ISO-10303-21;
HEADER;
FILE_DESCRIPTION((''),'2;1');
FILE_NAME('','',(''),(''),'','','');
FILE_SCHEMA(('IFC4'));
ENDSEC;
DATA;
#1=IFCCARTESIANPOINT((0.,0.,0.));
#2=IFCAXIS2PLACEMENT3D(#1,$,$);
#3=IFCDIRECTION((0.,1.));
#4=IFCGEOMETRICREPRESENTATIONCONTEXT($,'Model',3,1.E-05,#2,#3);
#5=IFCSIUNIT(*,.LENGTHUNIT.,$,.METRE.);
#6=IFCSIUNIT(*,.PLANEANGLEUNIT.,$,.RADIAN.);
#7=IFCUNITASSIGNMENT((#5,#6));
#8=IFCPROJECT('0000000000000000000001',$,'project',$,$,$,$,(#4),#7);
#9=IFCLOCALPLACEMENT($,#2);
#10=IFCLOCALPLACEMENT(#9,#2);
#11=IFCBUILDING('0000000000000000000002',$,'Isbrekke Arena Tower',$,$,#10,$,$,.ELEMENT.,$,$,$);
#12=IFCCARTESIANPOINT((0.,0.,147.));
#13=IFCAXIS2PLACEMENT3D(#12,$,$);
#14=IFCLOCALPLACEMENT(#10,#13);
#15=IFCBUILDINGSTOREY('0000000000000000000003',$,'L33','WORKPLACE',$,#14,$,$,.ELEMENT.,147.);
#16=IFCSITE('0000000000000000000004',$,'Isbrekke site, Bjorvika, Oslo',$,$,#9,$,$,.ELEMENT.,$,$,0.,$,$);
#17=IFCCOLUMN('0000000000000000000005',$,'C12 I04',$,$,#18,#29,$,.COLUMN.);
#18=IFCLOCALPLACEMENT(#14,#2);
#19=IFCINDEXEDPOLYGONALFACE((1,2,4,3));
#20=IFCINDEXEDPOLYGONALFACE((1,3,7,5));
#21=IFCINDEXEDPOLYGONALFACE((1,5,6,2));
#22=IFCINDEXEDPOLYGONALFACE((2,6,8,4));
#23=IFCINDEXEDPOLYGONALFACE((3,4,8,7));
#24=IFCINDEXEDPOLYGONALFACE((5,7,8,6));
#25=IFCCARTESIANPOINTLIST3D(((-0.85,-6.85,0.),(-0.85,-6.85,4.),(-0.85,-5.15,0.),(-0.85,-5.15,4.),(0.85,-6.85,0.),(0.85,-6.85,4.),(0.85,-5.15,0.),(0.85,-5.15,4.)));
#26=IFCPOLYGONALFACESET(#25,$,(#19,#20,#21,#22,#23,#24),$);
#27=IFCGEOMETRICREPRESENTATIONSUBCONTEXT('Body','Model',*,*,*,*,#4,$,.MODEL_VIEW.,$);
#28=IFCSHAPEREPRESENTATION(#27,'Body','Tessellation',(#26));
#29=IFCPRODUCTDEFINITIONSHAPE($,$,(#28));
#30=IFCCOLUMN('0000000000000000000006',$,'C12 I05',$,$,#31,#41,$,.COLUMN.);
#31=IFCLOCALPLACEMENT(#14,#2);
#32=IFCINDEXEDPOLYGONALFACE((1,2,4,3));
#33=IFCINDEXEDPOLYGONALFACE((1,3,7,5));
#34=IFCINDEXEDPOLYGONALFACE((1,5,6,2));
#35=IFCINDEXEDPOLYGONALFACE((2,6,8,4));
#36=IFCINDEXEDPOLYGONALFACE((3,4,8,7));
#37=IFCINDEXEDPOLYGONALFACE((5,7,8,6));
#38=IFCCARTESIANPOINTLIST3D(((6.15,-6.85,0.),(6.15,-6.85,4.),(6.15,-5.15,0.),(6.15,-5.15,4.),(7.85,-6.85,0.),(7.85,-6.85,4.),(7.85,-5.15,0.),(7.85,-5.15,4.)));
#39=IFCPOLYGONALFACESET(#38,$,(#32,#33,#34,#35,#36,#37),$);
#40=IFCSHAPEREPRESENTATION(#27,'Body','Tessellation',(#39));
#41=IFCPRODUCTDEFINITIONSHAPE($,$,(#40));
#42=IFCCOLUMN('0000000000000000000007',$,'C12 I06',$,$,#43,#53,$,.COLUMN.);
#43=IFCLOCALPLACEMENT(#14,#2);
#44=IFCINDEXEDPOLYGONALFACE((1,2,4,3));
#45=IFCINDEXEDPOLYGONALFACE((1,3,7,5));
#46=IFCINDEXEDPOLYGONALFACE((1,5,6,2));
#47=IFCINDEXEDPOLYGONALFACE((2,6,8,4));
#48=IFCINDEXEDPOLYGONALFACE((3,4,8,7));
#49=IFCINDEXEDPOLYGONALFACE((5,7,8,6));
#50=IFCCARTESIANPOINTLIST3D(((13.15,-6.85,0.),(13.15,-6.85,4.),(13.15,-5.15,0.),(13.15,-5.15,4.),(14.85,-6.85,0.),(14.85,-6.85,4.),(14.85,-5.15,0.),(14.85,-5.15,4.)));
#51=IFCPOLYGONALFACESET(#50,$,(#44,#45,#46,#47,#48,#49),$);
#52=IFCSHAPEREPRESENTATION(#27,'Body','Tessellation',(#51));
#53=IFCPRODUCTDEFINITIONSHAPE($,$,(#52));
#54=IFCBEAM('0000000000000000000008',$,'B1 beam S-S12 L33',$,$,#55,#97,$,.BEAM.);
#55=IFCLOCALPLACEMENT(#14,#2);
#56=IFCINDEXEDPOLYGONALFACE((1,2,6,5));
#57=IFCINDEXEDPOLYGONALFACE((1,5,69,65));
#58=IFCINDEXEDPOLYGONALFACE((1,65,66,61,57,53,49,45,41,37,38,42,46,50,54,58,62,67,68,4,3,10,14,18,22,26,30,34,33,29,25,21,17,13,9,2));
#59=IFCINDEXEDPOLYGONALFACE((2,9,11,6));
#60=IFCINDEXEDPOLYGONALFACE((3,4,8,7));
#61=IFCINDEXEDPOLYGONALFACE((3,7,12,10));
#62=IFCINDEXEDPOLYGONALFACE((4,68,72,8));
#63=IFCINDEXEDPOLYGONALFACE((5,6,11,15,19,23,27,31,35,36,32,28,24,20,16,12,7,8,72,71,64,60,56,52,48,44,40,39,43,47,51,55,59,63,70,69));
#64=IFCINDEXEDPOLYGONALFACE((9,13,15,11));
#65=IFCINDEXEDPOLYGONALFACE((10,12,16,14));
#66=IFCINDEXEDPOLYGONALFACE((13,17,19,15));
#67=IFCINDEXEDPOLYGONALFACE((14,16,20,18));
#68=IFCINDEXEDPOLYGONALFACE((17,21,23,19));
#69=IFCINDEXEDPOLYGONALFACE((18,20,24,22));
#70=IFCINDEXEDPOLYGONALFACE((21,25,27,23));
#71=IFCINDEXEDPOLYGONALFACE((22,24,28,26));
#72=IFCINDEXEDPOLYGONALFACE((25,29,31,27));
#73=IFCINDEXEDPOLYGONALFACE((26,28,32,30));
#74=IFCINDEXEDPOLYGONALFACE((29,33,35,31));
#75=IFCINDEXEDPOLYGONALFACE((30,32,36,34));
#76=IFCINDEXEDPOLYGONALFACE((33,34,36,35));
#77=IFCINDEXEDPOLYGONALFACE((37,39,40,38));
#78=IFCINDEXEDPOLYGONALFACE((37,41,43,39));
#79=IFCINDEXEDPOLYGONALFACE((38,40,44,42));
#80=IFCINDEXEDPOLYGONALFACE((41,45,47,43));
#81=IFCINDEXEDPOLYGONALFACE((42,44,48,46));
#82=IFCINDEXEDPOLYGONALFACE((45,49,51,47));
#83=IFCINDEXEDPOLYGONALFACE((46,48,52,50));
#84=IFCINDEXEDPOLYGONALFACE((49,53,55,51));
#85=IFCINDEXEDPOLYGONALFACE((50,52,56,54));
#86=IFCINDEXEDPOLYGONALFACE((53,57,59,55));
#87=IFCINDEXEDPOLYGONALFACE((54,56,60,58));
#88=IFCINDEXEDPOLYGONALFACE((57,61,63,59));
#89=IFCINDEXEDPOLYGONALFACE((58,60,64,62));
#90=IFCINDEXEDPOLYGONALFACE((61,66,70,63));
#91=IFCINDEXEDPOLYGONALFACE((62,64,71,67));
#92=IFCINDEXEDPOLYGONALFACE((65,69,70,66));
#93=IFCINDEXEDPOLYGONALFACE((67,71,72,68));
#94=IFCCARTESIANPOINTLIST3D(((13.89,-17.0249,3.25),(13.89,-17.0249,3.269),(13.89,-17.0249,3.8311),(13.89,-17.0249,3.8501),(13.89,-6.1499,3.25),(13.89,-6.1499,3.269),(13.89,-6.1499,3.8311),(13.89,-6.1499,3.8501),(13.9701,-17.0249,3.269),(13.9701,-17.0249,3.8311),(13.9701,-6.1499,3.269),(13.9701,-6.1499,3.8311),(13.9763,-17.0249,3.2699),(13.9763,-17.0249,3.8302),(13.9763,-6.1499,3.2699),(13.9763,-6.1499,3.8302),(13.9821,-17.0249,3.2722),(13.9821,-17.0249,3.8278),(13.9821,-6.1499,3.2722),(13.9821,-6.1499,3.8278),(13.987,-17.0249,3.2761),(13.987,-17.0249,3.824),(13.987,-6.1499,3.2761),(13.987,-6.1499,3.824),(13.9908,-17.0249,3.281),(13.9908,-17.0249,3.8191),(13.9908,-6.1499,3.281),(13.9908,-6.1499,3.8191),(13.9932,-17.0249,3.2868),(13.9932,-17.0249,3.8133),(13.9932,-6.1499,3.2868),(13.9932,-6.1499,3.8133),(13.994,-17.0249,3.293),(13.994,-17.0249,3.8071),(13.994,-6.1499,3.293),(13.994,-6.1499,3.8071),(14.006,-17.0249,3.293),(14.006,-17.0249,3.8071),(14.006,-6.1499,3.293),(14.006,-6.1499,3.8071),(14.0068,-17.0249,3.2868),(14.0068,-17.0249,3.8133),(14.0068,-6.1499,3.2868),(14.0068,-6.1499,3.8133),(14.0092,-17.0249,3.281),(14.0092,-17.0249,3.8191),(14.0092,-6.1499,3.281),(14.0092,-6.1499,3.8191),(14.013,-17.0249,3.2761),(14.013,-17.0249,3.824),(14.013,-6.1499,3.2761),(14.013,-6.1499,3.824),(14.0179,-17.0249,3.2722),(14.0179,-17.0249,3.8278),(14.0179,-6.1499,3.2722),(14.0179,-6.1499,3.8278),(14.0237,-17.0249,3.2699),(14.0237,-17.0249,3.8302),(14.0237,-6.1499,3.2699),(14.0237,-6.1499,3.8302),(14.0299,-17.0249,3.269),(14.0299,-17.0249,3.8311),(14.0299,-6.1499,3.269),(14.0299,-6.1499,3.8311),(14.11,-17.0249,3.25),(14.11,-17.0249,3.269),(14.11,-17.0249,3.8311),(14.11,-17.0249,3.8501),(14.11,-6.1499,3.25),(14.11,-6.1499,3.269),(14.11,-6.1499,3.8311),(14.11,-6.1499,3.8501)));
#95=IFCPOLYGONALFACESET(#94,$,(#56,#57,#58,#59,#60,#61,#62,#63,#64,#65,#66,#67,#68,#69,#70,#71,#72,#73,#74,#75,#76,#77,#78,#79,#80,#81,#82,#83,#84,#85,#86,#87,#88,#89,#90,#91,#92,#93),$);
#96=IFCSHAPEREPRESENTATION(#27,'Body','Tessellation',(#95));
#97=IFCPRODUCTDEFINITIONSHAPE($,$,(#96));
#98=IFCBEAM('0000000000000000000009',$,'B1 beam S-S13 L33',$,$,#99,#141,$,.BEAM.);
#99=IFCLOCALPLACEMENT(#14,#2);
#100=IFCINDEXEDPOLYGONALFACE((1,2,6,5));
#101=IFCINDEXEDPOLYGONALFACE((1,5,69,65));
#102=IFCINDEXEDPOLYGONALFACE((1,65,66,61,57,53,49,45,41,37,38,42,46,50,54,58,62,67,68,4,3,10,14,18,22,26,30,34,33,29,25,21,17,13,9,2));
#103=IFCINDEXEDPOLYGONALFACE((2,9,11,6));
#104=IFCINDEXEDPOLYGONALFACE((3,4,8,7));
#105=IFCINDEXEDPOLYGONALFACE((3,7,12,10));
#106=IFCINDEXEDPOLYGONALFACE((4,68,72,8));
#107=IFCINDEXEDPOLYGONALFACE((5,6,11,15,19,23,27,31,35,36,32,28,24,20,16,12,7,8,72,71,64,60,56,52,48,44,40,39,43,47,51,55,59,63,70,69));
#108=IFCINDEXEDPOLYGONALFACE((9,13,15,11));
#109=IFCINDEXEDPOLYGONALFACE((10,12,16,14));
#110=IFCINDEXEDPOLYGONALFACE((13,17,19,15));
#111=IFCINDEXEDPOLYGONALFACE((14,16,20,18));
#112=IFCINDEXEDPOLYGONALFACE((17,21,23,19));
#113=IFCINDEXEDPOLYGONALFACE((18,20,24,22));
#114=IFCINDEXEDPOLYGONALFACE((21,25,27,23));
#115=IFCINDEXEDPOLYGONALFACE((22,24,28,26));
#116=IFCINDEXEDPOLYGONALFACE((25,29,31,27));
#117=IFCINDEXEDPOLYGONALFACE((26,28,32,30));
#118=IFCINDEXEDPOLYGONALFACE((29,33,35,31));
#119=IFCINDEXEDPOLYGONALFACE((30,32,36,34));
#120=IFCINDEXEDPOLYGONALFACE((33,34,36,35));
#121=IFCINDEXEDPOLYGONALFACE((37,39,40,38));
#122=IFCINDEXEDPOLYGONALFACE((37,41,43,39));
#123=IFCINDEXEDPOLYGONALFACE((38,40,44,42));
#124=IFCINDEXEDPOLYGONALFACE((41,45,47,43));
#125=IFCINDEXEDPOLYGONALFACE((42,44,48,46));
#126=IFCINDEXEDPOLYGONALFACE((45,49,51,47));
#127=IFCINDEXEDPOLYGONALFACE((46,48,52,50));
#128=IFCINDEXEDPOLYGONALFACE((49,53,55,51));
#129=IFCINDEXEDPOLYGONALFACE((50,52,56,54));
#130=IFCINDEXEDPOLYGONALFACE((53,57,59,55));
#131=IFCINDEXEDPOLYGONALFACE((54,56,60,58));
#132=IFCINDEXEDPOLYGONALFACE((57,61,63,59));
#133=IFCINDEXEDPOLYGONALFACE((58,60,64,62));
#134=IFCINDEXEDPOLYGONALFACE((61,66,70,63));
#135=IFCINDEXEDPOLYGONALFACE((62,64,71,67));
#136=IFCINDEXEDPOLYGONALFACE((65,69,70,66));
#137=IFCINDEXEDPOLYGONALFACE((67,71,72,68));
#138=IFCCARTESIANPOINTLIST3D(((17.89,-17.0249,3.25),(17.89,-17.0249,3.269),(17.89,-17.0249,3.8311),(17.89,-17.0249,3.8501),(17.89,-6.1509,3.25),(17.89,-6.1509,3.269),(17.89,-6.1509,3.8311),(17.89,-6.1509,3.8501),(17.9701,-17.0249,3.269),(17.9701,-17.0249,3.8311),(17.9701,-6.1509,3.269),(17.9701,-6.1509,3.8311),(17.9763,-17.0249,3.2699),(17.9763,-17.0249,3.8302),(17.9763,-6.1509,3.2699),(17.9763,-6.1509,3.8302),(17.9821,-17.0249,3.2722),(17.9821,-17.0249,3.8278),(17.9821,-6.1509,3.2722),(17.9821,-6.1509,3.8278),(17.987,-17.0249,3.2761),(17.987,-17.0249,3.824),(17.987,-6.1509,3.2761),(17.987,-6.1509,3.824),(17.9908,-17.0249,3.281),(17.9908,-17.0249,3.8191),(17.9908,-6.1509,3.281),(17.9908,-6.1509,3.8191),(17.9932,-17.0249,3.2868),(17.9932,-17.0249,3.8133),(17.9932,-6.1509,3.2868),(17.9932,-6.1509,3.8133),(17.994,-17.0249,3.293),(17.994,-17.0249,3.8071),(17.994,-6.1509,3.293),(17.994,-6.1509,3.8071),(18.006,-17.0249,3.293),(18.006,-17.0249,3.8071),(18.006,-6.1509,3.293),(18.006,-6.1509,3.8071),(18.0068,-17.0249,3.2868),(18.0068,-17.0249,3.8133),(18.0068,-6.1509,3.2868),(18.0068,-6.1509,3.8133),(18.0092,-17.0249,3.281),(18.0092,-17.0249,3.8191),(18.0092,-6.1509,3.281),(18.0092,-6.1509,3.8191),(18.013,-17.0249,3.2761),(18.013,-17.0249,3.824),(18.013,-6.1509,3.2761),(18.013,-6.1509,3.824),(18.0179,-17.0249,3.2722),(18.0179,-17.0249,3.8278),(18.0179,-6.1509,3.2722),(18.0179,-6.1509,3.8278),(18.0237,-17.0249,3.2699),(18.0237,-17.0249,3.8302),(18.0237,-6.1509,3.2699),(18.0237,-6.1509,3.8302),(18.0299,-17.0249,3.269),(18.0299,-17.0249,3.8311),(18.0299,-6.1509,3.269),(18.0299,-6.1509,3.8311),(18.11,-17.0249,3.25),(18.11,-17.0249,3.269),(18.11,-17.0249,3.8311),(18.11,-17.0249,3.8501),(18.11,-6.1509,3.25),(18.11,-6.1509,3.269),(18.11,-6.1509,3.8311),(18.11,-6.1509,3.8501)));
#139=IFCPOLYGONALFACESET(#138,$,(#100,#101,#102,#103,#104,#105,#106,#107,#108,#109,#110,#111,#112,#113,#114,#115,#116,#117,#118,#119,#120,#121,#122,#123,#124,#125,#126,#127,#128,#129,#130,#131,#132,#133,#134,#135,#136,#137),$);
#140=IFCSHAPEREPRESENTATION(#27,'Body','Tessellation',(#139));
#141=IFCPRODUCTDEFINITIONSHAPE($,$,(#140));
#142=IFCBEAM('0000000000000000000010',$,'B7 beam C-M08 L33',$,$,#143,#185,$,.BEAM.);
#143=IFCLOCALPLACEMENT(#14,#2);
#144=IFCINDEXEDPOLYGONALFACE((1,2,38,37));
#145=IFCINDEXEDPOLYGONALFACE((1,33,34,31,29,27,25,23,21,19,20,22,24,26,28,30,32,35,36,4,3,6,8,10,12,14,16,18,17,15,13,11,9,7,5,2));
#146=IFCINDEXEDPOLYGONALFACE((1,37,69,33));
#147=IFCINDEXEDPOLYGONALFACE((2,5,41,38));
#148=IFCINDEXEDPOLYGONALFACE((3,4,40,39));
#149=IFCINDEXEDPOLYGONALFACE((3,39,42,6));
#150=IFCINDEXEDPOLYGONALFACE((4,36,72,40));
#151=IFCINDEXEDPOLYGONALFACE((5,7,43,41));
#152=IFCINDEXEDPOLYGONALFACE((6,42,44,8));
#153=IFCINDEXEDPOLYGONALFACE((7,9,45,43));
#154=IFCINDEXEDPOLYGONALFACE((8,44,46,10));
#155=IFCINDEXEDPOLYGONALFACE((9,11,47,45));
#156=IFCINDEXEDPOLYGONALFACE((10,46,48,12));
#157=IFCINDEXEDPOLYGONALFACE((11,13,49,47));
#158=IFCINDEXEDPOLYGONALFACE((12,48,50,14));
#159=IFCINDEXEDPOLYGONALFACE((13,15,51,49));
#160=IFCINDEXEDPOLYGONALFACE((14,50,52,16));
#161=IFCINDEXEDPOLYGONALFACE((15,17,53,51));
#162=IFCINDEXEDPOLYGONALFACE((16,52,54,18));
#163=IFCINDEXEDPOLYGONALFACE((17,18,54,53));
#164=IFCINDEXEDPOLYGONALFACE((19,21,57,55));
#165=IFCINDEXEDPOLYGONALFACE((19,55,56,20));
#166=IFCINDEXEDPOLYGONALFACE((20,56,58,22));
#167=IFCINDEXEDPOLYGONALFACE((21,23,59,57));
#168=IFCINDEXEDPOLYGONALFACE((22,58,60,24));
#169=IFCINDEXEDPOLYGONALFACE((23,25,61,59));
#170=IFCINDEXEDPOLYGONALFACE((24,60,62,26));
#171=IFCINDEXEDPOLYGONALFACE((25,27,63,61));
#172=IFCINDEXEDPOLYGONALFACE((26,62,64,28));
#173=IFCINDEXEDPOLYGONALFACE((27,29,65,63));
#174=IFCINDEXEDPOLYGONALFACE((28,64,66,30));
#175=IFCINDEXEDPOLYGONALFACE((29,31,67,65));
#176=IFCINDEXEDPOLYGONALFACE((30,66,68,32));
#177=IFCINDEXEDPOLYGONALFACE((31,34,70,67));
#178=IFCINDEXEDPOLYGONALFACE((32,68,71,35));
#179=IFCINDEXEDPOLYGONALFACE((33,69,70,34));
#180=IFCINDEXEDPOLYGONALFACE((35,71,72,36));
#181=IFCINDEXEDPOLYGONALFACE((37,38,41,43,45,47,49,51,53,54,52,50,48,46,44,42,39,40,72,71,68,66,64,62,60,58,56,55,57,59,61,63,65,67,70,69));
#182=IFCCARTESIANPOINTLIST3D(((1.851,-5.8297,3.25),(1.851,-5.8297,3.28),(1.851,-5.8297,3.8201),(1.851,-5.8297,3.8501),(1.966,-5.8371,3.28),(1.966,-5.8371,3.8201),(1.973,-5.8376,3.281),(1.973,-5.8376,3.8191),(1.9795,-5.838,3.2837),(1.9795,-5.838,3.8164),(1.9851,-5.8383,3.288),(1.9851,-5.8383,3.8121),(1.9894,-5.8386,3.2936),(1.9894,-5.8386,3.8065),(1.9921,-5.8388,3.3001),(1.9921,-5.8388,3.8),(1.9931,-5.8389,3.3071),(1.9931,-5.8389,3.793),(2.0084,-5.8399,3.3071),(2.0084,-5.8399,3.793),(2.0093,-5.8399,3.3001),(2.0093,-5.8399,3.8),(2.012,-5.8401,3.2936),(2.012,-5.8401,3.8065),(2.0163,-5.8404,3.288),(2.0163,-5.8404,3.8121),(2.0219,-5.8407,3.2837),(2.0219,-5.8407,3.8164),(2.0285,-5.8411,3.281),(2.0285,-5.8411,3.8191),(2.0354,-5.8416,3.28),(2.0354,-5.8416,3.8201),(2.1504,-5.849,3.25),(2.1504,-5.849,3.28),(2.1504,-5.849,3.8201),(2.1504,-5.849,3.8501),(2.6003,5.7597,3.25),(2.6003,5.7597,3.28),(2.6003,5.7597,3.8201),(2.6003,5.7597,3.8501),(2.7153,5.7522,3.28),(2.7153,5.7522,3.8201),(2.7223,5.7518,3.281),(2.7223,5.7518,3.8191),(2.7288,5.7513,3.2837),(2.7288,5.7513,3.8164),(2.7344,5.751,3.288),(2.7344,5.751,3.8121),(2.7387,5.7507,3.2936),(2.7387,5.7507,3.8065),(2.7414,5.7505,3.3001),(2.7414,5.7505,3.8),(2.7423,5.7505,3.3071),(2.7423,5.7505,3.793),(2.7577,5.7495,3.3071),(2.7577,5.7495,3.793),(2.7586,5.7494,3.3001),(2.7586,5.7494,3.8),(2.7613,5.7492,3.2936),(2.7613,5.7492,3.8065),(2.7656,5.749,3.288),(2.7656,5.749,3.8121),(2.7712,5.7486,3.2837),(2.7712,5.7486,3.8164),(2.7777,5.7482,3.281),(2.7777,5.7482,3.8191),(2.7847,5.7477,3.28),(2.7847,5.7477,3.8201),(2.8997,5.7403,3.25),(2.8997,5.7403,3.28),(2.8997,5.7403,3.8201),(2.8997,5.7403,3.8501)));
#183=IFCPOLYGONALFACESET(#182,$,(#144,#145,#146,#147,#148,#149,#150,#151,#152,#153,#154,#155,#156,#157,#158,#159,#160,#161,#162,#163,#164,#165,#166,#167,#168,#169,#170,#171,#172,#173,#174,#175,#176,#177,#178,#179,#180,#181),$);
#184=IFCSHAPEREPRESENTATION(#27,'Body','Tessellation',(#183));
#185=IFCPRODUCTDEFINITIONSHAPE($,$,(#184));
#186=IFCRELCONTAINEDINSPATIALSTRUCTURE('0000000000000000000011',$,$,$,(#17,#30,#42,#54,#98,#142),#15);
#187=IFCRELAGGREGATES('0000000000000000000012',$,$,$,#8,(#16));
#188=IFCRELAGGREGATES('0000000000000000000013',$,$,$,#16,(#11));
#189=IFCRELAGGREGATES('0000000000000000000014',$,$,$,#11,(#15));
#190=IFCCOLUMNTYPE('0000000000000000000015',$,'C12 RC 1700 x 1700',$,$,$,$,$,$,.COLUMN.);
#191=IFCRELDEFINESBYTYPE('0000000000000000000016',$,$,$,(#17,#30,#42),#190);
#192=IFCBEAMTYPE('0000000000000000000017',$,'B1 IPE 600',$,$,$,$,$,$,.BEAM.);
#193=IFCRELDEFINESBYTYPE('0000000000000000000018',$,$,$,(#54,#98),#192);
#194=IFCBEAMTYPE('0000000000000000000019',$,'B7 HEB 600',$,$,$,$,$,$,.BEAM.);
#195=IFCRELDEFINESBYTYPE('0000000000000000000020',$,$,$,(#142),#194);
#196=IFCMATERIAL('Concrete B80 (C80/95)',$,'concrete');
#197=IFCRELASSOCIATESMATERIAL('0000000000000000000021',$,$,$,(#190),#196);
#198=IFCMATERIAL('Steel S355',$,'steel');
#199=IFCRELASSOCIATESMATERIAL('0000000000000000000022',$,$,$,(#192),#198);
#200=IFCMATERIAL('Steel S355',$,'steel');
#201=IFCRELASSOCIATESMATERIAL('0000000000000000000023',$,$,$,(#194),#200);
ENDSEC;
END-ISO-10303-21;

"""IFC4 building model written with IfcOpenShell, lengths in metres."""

from ifc_helpers import new_model, si_unit, direction, frame, origin, origin_2d, place, context, subcontext, project, spatial, rectangle, i_section, extrude, material, material_profile, profile_set, type_object, element, save


model = new_model("IFC4")

# Units and contexts
model_context = context("Model", 3, precision=1e-05, world=origin(), true_north=direction((0.0, 1.0)))
body_context = subcontext(model_context, "Body", "Model", "MODEL_VIEW")
ifc_project = project(units=[si_unit("LENGTHUNIT", "METRE"), si_unit("PLANEANGLEUNIT", "RADIAN")], contexts=[model_context])

# Site, building, storey
site_placement = place(None, origin())
site = spatial("IfcSite", under=ifc_project, at=site_placement, Name="Isbrekke site, Bjorvika, Oslo", CompositionType="ELEMENT", RefElevation=0.0)
building_placement = place(site_placement, origin())
building = spatial("IfcBuilding", under=site, at=building_placement, Name="Isbrekke Arena Tower", CompositionType="ELEMENT")
storey_placement = place(building_placement, frame((0.0, 0.0, 147.0)))
storey = spatial("IfcBuildingStorey", under=building, at=storey_placement, Name="L33", Description="WORKPLACE", CompositionType="ELEMENT", Elevation=147.0)

# Columns
ifc_material_1 = material(Name="Concrete B80 (C80/95)", Category="concrete")
ifc_material_profile_1 = material_profile(ifc_material_1, rectangle(XDim=1.7, YDim=1.7, at=origin_2d()), Name="RC 1700x1700")
ifc_profile_set_1 = profile_set([ifc_material_profile_1], Name="Concrete B80 (C80/95)")
column_type = type_object("IfcColumnType", Name="C12 RC 1700 x 1700", PredefinedType="COLUMN", material=ifc_profile_set_1)
for number, where, z_axis, x_axis, name in (
    (1, (0.0, -6.0, 0.0), (0.0, 0.0, 1.0), (1.0, 0.0, 0.0), "C12 I04"),
    (2, (7.0, -6.0, 0.0), (0.0, 0.0, 1.0), (1.0, 0.0, 0.0), "C12 I05"),
    (3, (14.0, -6.0, 0.0), (0.0, 0.0, 1.0), (1.0, 0.0, 0.0), "C12 I06"),
):
    element("IfcColumn", number, at=place(storey_placement, frame(where, z_axis=z_axis, x_axis=x_axis)), inside=storey, type_object=column_type, Name=name, PredefinedType="COLUMN", context=body_context, shape_type="SweptSolid", body=[
        extrude(rectangle(XDim=1.7, YDim=1.7, at=origin_2d()), origin(), (0.0, 0.0, 1.0), 4.0),
    ])

# Beams
ifc_material_2 = material(Name="Steel S355", Category="steel")
ifc_material_profile_2 = material_profile(ifc_material_2, i_section(OverallWidth=0.22, OverallDepth=0.6001, WebThickness=0.012, FlangeThickness=0.019, FilletRadius=0.0239, at=origin_2d()), Name="IPE 600")
ifc_profile_set_2 = profile_set([ifc_material_profile_2], Name="Steel S355")
beam_type_1 = type_object("IfcBeamType", Name="B1 IPE 600", PredefinedType="BEAM", material=ifc_profile_set_2)
beam_1_placement = place(storey_placement, frame((14.0, -17.0249, 3.55), z_axis=(0.0, 1.0, 0.0), x_axis=(-1.0, 0.0, 0.0)))
element("IfcBeam", 4, at=beam_1_placement, inside=storey, type_object=beam_type_1, Name="B1 beam S-S12 L33", PredefinedType="BEAM", context=body_context, shape_type="SweptSolid", body=[
    extrude(i_section(OverallWidth=0.22, OverallDepth=0.6001, WebThickness=0.012, FlangeThickness=0.019, FilletRadius=0.0239, at=origin_2d()), origin(), (0.0, 0.0, 1.0), 10.875),
])
beam_2_placement = place(storey_placement, frame((18.0, -17.0249, 3.55), z_axis=(0.0, 1.0, 0.0), x_axis=(-1.0, 0.0, 0.0)))
element("IfcBeam", 5, at=beam_2_placement, inside=storey, type_object=beam_type_1, Name="B1 beam S-S13 L33", PredefinedType="BEAM", context=body_context, shape_type="SweptSolid", body=[
    extrude(i_section(OverallWidth=0.22, OverallDepth=0.6001, WebThickness=0.012, FlangeThickness=0.019, FilletRadius=0.0239, at=origin_2d()), origin(), (0.0, 0.0, 1.0), 10.874),
])
ifc_material_3 = material(Name="Steel S355", Category="steel")
ifc_material_profile_3 = material_profile(ifc_material_3, i_section(OverallWidth=0.3, OverallDepth=0.6001, WebThickness=0.0154, FlangeThickness=0.03, FilletRadius=0.0271, at=origin_2d()), Name="HEB 600")
ifc_profile_set_3 = profile_set([ifc_material_profile_3], Name="Steel S355")
beam_type_2 = type_object("IfcBeamType", Name="B7 HEB 600", PredefinedType="BEAM", material=ifc_profile_set_3)
beam_3_placement = place(storey_placement, frame((2.0007, -5.8394, 3.55), z_axis=(0.064517, 0.997917, 0.0), x_axis=(-0.997917, 0.064517, 0.0)))
element("IfcBeam", 6, at=beam_3_placement, inside=storey, type_object=beam_type_2, Name="B7 beam C-M08 L33", PredefinedType="BEAM", context=body_context, shape_type="SweptSolid", body=[
    extrude(i_section(OverallWidth=0.3, OverallDepth=0.6001, WebThickness=0.0154, FlangeThickness=0.03, FilletRadius=0.0271, at=origin_2d()), origin(), (0.0, 0.0, 1.0), 11.6135),
])

save(model, "model.ifc")
